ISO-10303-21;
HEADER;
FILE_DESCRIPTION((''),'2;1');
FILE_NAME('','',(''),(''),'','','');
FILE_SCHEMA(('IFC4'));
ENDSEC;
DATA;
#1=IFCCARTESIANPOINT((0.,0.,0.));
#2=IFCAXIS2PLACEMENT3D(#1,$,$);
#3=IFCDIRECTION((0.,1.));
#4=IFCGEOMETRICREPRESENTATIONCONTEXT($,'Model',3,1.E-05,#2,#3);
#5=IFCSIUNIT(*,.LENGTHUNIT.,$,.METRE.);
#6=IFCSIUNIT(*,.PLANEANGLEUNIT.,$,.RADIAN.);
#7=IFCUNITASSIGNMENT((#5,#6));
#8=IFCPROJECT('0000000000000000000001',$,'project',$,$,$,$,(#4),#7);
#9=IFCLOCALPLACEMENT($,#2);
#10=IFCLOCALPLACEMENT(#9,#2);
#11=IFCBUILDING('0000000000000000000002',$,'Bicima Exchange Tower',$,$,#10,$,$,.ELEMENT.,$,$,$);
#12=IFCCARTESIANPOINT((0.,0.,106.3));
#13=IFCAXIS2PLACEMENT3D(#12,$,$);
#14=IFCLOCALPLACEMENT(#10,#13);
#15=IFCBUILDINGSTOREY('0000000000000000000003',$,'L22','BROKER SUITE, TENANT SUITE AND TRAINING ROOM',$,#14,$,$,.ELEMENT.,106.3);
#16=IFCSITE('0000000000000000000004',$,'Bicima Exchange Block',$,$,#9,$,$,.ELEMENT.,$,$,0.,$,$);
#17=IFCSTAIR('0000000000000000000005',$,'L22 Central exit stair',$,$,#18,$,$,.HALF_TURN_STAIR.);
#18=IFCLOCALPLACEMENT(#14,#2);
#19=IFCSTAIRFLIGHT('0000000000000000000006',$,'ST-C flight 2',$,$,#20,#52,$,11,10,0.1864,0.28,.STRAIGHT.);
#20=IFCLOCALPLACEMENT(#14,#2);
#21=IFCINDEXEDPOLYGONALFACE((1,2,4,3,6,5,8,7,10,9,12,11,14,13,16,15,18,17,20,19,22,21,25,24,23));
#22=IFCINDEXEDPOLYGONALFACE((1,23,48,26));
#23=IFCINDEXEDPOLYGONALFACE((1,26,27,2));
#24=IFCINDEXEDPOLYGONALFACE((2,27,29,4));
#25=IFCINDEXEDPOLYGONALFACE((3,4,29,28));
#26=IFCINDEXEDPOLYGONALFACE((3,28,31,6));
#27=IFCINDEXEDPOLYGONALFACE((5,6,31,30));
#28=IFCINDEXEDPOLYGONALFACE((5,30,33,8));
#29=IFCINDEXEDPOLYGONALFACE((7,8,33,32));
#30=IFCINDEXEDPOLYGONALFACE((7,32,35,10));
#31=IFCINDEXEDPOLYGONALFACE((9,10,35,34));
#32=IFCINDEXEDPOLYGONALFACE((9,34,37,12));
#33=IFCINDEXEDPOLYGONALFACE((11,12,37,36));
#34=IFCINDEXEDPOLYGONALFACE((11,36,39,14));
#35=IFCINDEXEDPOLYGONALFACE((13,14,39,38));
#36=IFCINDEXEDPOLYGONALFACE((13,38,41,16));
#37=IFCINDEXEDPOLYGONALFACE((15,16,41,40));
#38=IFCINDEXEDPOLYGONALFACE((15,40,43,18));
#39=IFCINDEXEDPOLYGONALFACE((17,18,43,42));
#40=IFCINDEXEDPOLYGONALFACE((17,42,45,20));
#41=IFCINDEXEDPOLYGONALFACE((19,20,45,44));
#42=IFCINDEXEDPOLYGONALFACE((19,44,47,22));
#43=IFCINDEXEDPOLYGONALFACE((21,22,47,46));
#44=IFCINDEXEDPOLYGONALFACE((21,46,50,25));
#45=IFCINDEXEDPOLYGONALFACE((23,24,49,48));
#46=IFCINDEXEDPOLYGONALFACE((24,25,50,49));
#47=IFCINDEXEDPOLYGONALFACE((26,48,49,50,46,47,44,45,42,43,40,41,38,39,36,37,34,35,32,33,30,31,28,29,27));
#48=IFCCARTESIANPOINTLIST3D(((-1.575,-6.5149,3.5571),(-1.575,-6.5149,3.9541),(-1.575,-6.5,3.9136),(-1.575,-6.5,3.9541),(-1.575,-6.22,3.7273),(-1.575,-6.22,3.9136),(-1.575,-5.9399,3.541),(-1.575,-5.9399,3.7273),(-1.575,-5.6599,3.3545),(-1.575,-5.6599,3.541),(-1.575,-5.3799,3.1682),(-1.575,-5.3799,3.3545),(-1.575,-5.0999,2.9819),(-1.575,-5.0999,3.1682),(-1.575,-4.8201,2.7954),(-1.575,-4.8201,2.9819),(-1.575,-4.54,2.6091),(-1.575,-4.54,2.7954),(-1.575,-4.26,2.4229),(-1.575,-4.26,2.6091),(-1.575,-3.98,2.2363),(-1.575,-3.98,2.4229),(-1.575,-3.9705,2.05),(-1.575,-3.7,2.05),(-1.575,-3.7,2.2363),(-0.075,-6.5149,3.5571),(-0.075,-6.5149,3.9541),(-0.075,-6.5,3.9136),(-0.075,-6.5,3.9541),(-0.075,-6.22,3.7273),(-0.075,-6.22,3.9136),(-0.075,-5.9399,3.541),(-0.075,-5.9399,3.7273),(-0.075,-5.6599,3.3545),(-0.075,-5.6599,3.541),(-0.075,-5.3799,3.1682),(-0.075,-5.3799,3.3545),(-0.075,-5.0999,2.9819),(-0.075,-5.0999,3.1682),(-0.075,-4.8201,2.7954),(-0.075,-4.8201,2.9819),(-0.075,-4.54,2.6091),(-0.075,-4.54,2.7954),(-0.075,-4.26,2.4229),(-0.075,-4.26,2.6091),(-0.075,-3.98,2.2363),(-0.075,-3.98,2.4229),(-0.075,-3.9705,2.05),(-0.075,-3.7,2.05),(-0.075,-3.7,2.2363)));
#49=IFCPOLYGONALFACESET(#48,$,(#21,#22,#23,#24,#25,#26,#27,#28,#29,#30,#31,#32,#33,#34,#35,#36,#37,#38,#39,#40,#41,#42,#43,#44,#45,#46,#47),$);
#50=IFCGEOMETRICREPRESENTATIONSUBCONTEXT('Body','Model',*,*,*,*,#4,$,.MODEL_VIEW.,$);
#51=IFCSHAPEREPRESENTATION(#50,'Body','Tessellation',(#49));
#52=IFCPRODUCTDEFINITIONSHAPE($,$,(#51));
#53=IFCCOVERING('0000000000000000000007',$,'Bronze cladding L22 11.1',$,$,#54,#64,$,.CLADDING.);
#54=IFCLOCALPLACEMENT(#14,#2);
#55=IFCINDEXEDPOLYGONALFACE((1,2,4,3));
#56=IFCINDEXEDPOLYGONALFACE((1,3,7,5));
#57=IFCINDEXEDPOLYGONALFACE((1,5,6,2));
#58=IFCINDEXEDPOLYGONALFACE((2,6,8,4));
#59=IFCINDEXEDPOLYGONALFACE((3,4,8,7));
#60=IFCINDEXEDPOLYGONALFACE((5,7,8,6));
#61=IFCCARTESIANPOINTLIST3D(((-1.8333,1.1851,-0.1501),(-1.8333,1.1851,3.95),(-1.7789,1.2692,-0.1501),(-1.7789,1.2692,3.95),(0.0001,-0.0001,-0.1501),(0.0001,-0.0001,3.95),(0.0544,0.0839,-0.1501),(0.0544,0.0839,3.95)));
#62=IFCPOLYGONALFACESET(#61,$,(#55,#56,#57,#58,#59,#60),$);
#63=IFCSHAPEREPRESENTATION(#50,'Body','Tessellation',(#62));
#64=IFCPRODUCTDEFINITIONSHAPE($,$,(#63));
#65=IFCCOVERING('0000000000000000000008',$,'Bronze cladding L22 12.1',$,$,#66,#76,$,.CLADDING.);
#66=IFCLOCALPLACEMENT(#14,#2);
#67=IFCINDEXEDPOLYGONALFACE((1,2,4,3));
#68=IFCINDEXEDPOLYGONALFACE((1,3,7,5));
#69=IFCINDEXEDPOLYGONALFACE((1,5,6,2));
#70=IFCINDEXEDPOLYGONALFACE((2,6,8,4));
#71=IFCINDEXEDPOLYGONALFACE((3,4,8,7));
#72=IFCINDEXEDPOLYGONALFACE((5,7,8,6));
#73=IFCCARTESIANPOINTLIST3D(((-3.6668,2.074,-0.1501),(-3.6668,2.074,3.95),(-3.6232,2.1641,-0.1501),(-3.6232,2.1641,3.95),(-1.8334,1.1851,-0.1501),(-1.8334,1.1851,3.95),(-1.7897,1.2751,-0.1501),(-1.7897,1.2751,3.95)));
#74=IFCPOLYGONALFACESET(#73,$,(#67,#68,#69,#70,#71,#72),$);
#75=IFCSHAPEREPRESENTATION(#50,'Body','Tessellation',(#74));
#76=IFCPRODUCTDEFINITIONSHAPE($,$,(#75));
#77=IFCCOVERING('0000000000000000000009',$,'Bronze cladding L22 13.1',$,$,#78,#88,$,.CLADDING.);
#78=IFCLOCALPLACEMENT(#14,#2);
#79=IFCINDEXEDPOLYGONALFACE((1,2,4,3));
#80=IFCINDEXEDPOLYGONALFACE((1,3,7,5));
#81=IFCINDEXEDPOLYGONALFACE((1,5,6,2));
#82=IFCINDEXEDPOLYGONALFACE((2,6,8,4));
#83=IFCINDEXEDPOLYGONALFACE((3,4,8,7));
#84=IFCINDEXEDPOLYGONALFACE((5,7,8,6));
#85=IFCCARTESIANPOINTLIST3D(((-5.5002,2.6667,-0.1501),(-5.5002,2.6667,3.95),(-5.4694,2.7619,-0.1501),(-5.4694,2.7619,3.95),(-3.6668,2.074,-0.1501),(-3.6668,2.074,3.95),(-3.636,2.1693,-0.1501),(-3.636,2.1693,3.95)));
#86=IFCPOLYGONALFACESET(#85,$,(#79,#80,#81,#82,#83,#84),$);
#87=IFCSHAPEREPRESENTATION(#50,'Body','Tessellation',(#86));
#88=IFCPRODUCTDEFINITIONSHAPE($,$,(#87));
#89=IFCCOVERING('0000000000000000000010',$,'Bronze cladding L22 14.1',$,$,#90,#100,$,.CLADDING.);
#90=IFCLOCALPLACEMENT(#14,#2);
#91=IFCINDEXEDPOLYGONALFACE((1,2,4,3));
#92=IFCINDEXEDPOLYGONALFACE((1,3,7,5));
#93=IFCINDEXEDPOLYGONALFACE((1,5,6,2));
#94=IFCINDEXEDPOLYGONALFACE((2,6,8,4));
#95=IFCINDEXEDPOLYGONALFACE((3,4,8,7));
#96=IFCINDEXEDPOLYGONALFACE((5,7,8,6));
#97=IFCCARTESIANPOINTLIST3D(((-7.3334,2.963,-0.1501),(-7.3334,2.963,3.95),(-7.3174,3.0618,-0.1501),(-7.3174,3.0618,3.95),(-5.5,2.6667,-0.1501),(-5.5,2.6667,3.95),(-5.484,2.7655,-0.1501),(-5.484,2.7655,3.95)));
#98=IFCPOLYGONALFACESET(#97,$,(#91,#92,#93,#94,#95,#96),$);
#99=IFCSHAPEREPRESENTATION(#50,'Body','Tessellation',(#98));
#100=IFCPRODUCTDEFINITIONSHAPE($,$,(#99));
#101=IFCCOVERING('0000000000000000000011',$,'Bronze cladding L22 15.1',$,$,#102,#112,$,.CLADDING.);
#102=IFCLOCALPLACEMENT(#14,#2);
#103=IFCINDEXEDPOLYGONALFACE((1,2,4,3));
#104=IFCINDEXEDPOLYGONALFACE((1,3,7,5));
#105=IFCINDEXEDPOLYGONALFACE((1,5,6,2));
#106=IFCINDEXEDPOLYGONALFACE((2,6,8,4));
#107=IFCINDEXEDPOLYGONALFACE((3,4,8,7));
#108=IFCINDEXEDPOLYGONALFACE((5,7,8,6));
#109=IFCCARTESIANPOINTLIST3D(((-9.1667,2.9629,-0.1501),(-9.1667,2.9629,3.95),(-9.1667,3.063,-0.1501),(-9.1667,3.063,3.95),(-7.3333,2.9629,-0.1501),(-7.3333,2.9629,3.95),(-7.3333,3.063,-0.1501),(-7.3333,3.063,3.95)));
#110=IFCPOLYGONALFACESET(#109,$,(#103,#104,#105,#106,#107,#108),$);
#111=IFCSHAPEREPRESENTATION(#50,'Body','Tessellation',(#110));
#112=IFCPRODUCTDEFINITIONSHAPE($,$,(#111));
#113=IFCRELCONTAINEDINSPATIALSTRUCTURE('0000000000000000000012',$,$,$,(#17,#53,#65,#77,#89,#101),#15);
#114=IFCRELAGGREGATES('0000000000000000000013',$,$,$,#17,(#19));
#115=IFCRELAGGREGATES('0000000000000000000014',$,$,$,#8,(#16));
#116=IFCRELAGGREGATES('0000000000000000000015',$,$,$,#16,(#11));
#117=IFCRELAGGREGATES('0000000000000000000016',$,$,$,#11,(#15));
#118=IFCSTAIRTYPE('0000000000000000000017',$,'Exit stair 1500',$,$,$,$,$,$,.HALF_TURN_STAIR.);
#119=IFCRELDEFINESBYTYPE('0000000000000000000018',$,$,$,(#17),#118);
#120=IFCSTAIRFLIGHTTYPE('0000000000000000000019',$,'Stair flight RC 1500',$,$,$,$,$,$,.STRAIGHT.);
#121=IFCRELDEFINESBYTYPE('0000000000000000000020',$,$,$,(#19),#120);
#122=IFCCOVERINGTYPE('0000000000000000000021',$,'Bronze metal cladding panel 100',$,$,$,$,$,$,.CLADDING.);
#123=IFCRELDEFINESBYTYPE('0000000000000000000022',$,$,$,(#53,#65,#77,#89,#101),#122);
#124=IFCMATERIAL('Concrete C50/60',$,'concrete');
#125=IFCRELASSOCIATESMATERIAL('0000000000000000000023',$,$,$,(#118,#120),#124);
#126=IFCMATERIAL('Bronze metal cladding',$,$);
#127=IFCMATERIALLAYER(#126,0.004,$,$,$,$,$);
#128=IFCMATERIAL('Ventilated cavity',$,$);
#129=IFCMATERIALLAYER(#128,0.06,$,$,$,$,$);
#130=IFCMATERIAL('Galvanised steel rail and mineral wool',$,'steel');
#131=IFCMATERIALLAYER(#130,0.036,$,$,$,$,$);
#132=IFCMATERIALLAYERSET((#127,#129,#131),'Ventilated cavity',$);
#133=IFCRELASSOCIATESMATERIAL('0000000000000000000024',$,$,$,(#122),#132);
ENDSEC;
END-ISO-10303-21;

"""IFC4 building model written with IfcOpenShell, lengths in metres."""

from ifc_helpers import new_model, si_unit, direction, frame, origin, origin_2d, place, context, subcontext, project, spatial, polyline, rectangle, outline, extrude, material, layer, layer_set, type_object, element, aggregate, save


model = new_model("IFC4")

# Units and contexts
model_context = context("Model", 3, precision=1e-05, world=origin(), true_north=direction((0.0, 1.0)))
body_context = subcontext(model_context, "Body", "Model", "MODEL_VIEW")
ifc_project = project(units=[si_unit("LENGTHUNIT", "METRE"), si_unit("PLANEANGLEUNIT", "RADIAN")], contexts=[model_context])

# Site, building, storey
site_placement = place(None, origin())
site = spatial("IfcSite", under=ifc_project, at=site_placement, Name="Bicima Exchange Block", CompositionType="ELEMENT", RefElevation=0.0)
building_placement = place(site_placement, origin())
building = spatial("IfcBuilding", under=site, at=building_placement, Name="Bicima Exchange Tower", CompositionType="ELEMENT")
storey_placement = place(building_placement, frame((0.0, 0.0, 106.3)))
storey = spatial("IfcBuildingStorey", under=building, at=storey_placement, Name="L22", Description="BROKER SUITE, TENANT SUITE AND TRAINING ROOM", CompositionType="ELEMENT", Elevation=106.3)

# Shared definitions
ifc_material_1 = material(Name="Concrete C50/60", Category="concrete")

# Stair, stair flight
stair_type = type_object("IfcStairType", Name="Exit stair 1500", PredefinedType="HALF_TURN_STAIR", material=ifc_material_1)
stair_placement = place(storey_placement, origin())
stair = element("IfcStair", 1, at=stair_placement, inside=storey, type_object=stair_type, Name="L22 Central exit stair", PredefinedType="HALF_TURN_STAIR")
stair_flight_type = type_object("IfcStairFlightType", Name="Stair flight RC 1500", PredefinedType="STRAIGHT", material=ifc_material_1)
stair_flight_placement = place(storey_placement, frame((-0.825, -3.7, 2.05), z_axis=(0.0, 0.0, 1.0), x_axis=(0.0, -1.0, 0.0)))
stair_flight = element("IfcStairFlight", 2, at=stair_flight_placement, type_object=stair_flight_type, Name="ST-C flight 2", NumberOfRisers=11, NumberOfTreads=10, PredefinedType="STRAIGHT", RiserHeight=0.1864, TreadLength=0.28, context=body_context, shape_type="SweptSolid", body=[
    extrude(outline(polyline([(0.0, 0.0), (0.0, 0.1863), (0.28, 0.1863), (0.28, 0.3728), (0.5601, 0.3728), (0.5601, 0.5591), (0.8401, 0.5591), (0.8401, 0.7454), (1.1201, 0.7454), (1.1201, 0.9319), (1.3999, 0.9319), (1.3999, 1.1182), (1.6799, 1.1182), (1.6799, 1.3044), (1.96, 1.3044), (1.96, 1.491), (2.24, 1.491), (2.24, 1.6772), (2.52, 1.6772), (2.52, 1.8635), (2.8, 1.8635), (2.8, 1.9041), (2.8149, 1.9041), (2.8149, 1.5071), (0.2705, 0.0), (0.0, 0.0)])), frame((0.0, 0.75, 0.0), z_axis=(0.0, -1.0, 0.0), x_axis=(1.0, 0.0, 0.0)), (0.0, 0.0, 1.0), 1.5),
])
aggregate(stair, [stair_flight])

# Coverings
ifc_material_2 = material(Name="Bronze metal cladding")
ifc_layer_1 = layer(ifc_material_2, 0.004)
ifc_material_3 = material(Name="Ventilated cavity")
ifc_layer_2 = layer(ifc_material_3, 0.06)
ifc_material_4 = material(Name="Galvanised steel rail and mineral wool", Category="steel")
ifc_layer_3 = layer(ifc_material_4, 0.036)
ifc_layer_set_1 = layer_set([ifc_layer_1, ifc_layer_2, ifc_layer_3], Name="Ventilated cavity")
covering_type = type_object("IfcCoveringType", Name="Bronze metal cladding panel 100", PredefinedType="CLADDING", material=ifc_layer_set_1)
covering_1_placement = place(storey_placement, frame((-0.8894, 0.6345, -0.1501), z_axis=(0.0, 0.0, 1.0), x_axis=(-0.83979, 0.542911, 0.0)))
element("IfcCovering", 3, at=covering_1_placement, inside=storey, type_object=covering_type, Name="Bronze cladding L22 11.1", PredefinedType="CLADDING", context=body_context, shape_type="SweptSolid", body=[
    extrude(rectangle(XDim=2.1831, YDim=0.1001, at=origin_2d()), origin(), (0.0, 0.0, 1.0), 4.1001),
])
covering_2_placement = place(storey_placement, frame((-2.7283, 1.6746, -0.1501), z_axis=(0.0, 0.0, 1.0), x_axis=(-0.899818, 0.436265, 0.0)))
element("IfcCovering", 4, at=covering_2_placement, inside=storey, type_object=covering_type, Name="Bronze cladding L22 12.1", PredefinedType="CLADDING", context=body_context, shape_type="SweptSolid", body=[
    extrude(rectangle(XDim=2.0376, YDim=0.1001, at=origin_2d()), origin(), (0.0, 0.0, 1.0), 4.1001),
])
covering_3_placement = place(storey_placement, frame((-4.5681, 2.418, -0.1501), z_axis=(0.0, 0.0, 1.0), x_axis=(-0.951525, 0.307573, 0.0)))
element("IfcCovering", 5, at=covering_3_placement, inside=storey, type_object=covering_type, Name="Bronze cladding L22 13.1", PredefinedType="CLADDING", context=body_context, shape_type="SweptSolid", body=[
    extrude(rectangle(XDim=1.9268, YDim=0.1001, at=origin_2d()), origin(), (0.0, 0.0, 1.0), 4.1001),
])
covering_4_placement = place(storey_placement, frame((-6.4087, 2.8643, -0.1501), z_axis=(0.0, 0.0, 1.0), x_axis=(-0.98719, 0.15955, 0.0)))
element("IfcCovering", 6, at=covering_4_placement, inside=storey, type_object=covering_type, Name="Bronze cladding L22 14.1", PredefinedType="CLADDING", context=body_context, shape_type="SweptSolid", body=[
    extrude(rectangle(XDim=1.8572, YDim=0.1001, at=origin_2d()), origin(), (0.0, 0.0, 1.0), 4.1001),
])
covering_5_placement = place(storey_placement, frame((-8.25, 3.0129, -0.1501), z_axis=(0.0, 0.0, 1.0), x_axis=(-1.0, 0.0, 0.0)))
element("IfcCovering", 7, at=covering_5_placement, inside=storey, type_object=covering_type, Name="Bronze cladding L22 15.1", PredefinedType="CLADDING", context=body_context, shape_type="SweptSolid", body=[
    extrude(rectangle(XDim=1.8335, YDim=0.1001, at=origin_2d()), origin(), (0.0, 0.0, 1.0), 4.1001),
])

save(model, "model.ifc")
